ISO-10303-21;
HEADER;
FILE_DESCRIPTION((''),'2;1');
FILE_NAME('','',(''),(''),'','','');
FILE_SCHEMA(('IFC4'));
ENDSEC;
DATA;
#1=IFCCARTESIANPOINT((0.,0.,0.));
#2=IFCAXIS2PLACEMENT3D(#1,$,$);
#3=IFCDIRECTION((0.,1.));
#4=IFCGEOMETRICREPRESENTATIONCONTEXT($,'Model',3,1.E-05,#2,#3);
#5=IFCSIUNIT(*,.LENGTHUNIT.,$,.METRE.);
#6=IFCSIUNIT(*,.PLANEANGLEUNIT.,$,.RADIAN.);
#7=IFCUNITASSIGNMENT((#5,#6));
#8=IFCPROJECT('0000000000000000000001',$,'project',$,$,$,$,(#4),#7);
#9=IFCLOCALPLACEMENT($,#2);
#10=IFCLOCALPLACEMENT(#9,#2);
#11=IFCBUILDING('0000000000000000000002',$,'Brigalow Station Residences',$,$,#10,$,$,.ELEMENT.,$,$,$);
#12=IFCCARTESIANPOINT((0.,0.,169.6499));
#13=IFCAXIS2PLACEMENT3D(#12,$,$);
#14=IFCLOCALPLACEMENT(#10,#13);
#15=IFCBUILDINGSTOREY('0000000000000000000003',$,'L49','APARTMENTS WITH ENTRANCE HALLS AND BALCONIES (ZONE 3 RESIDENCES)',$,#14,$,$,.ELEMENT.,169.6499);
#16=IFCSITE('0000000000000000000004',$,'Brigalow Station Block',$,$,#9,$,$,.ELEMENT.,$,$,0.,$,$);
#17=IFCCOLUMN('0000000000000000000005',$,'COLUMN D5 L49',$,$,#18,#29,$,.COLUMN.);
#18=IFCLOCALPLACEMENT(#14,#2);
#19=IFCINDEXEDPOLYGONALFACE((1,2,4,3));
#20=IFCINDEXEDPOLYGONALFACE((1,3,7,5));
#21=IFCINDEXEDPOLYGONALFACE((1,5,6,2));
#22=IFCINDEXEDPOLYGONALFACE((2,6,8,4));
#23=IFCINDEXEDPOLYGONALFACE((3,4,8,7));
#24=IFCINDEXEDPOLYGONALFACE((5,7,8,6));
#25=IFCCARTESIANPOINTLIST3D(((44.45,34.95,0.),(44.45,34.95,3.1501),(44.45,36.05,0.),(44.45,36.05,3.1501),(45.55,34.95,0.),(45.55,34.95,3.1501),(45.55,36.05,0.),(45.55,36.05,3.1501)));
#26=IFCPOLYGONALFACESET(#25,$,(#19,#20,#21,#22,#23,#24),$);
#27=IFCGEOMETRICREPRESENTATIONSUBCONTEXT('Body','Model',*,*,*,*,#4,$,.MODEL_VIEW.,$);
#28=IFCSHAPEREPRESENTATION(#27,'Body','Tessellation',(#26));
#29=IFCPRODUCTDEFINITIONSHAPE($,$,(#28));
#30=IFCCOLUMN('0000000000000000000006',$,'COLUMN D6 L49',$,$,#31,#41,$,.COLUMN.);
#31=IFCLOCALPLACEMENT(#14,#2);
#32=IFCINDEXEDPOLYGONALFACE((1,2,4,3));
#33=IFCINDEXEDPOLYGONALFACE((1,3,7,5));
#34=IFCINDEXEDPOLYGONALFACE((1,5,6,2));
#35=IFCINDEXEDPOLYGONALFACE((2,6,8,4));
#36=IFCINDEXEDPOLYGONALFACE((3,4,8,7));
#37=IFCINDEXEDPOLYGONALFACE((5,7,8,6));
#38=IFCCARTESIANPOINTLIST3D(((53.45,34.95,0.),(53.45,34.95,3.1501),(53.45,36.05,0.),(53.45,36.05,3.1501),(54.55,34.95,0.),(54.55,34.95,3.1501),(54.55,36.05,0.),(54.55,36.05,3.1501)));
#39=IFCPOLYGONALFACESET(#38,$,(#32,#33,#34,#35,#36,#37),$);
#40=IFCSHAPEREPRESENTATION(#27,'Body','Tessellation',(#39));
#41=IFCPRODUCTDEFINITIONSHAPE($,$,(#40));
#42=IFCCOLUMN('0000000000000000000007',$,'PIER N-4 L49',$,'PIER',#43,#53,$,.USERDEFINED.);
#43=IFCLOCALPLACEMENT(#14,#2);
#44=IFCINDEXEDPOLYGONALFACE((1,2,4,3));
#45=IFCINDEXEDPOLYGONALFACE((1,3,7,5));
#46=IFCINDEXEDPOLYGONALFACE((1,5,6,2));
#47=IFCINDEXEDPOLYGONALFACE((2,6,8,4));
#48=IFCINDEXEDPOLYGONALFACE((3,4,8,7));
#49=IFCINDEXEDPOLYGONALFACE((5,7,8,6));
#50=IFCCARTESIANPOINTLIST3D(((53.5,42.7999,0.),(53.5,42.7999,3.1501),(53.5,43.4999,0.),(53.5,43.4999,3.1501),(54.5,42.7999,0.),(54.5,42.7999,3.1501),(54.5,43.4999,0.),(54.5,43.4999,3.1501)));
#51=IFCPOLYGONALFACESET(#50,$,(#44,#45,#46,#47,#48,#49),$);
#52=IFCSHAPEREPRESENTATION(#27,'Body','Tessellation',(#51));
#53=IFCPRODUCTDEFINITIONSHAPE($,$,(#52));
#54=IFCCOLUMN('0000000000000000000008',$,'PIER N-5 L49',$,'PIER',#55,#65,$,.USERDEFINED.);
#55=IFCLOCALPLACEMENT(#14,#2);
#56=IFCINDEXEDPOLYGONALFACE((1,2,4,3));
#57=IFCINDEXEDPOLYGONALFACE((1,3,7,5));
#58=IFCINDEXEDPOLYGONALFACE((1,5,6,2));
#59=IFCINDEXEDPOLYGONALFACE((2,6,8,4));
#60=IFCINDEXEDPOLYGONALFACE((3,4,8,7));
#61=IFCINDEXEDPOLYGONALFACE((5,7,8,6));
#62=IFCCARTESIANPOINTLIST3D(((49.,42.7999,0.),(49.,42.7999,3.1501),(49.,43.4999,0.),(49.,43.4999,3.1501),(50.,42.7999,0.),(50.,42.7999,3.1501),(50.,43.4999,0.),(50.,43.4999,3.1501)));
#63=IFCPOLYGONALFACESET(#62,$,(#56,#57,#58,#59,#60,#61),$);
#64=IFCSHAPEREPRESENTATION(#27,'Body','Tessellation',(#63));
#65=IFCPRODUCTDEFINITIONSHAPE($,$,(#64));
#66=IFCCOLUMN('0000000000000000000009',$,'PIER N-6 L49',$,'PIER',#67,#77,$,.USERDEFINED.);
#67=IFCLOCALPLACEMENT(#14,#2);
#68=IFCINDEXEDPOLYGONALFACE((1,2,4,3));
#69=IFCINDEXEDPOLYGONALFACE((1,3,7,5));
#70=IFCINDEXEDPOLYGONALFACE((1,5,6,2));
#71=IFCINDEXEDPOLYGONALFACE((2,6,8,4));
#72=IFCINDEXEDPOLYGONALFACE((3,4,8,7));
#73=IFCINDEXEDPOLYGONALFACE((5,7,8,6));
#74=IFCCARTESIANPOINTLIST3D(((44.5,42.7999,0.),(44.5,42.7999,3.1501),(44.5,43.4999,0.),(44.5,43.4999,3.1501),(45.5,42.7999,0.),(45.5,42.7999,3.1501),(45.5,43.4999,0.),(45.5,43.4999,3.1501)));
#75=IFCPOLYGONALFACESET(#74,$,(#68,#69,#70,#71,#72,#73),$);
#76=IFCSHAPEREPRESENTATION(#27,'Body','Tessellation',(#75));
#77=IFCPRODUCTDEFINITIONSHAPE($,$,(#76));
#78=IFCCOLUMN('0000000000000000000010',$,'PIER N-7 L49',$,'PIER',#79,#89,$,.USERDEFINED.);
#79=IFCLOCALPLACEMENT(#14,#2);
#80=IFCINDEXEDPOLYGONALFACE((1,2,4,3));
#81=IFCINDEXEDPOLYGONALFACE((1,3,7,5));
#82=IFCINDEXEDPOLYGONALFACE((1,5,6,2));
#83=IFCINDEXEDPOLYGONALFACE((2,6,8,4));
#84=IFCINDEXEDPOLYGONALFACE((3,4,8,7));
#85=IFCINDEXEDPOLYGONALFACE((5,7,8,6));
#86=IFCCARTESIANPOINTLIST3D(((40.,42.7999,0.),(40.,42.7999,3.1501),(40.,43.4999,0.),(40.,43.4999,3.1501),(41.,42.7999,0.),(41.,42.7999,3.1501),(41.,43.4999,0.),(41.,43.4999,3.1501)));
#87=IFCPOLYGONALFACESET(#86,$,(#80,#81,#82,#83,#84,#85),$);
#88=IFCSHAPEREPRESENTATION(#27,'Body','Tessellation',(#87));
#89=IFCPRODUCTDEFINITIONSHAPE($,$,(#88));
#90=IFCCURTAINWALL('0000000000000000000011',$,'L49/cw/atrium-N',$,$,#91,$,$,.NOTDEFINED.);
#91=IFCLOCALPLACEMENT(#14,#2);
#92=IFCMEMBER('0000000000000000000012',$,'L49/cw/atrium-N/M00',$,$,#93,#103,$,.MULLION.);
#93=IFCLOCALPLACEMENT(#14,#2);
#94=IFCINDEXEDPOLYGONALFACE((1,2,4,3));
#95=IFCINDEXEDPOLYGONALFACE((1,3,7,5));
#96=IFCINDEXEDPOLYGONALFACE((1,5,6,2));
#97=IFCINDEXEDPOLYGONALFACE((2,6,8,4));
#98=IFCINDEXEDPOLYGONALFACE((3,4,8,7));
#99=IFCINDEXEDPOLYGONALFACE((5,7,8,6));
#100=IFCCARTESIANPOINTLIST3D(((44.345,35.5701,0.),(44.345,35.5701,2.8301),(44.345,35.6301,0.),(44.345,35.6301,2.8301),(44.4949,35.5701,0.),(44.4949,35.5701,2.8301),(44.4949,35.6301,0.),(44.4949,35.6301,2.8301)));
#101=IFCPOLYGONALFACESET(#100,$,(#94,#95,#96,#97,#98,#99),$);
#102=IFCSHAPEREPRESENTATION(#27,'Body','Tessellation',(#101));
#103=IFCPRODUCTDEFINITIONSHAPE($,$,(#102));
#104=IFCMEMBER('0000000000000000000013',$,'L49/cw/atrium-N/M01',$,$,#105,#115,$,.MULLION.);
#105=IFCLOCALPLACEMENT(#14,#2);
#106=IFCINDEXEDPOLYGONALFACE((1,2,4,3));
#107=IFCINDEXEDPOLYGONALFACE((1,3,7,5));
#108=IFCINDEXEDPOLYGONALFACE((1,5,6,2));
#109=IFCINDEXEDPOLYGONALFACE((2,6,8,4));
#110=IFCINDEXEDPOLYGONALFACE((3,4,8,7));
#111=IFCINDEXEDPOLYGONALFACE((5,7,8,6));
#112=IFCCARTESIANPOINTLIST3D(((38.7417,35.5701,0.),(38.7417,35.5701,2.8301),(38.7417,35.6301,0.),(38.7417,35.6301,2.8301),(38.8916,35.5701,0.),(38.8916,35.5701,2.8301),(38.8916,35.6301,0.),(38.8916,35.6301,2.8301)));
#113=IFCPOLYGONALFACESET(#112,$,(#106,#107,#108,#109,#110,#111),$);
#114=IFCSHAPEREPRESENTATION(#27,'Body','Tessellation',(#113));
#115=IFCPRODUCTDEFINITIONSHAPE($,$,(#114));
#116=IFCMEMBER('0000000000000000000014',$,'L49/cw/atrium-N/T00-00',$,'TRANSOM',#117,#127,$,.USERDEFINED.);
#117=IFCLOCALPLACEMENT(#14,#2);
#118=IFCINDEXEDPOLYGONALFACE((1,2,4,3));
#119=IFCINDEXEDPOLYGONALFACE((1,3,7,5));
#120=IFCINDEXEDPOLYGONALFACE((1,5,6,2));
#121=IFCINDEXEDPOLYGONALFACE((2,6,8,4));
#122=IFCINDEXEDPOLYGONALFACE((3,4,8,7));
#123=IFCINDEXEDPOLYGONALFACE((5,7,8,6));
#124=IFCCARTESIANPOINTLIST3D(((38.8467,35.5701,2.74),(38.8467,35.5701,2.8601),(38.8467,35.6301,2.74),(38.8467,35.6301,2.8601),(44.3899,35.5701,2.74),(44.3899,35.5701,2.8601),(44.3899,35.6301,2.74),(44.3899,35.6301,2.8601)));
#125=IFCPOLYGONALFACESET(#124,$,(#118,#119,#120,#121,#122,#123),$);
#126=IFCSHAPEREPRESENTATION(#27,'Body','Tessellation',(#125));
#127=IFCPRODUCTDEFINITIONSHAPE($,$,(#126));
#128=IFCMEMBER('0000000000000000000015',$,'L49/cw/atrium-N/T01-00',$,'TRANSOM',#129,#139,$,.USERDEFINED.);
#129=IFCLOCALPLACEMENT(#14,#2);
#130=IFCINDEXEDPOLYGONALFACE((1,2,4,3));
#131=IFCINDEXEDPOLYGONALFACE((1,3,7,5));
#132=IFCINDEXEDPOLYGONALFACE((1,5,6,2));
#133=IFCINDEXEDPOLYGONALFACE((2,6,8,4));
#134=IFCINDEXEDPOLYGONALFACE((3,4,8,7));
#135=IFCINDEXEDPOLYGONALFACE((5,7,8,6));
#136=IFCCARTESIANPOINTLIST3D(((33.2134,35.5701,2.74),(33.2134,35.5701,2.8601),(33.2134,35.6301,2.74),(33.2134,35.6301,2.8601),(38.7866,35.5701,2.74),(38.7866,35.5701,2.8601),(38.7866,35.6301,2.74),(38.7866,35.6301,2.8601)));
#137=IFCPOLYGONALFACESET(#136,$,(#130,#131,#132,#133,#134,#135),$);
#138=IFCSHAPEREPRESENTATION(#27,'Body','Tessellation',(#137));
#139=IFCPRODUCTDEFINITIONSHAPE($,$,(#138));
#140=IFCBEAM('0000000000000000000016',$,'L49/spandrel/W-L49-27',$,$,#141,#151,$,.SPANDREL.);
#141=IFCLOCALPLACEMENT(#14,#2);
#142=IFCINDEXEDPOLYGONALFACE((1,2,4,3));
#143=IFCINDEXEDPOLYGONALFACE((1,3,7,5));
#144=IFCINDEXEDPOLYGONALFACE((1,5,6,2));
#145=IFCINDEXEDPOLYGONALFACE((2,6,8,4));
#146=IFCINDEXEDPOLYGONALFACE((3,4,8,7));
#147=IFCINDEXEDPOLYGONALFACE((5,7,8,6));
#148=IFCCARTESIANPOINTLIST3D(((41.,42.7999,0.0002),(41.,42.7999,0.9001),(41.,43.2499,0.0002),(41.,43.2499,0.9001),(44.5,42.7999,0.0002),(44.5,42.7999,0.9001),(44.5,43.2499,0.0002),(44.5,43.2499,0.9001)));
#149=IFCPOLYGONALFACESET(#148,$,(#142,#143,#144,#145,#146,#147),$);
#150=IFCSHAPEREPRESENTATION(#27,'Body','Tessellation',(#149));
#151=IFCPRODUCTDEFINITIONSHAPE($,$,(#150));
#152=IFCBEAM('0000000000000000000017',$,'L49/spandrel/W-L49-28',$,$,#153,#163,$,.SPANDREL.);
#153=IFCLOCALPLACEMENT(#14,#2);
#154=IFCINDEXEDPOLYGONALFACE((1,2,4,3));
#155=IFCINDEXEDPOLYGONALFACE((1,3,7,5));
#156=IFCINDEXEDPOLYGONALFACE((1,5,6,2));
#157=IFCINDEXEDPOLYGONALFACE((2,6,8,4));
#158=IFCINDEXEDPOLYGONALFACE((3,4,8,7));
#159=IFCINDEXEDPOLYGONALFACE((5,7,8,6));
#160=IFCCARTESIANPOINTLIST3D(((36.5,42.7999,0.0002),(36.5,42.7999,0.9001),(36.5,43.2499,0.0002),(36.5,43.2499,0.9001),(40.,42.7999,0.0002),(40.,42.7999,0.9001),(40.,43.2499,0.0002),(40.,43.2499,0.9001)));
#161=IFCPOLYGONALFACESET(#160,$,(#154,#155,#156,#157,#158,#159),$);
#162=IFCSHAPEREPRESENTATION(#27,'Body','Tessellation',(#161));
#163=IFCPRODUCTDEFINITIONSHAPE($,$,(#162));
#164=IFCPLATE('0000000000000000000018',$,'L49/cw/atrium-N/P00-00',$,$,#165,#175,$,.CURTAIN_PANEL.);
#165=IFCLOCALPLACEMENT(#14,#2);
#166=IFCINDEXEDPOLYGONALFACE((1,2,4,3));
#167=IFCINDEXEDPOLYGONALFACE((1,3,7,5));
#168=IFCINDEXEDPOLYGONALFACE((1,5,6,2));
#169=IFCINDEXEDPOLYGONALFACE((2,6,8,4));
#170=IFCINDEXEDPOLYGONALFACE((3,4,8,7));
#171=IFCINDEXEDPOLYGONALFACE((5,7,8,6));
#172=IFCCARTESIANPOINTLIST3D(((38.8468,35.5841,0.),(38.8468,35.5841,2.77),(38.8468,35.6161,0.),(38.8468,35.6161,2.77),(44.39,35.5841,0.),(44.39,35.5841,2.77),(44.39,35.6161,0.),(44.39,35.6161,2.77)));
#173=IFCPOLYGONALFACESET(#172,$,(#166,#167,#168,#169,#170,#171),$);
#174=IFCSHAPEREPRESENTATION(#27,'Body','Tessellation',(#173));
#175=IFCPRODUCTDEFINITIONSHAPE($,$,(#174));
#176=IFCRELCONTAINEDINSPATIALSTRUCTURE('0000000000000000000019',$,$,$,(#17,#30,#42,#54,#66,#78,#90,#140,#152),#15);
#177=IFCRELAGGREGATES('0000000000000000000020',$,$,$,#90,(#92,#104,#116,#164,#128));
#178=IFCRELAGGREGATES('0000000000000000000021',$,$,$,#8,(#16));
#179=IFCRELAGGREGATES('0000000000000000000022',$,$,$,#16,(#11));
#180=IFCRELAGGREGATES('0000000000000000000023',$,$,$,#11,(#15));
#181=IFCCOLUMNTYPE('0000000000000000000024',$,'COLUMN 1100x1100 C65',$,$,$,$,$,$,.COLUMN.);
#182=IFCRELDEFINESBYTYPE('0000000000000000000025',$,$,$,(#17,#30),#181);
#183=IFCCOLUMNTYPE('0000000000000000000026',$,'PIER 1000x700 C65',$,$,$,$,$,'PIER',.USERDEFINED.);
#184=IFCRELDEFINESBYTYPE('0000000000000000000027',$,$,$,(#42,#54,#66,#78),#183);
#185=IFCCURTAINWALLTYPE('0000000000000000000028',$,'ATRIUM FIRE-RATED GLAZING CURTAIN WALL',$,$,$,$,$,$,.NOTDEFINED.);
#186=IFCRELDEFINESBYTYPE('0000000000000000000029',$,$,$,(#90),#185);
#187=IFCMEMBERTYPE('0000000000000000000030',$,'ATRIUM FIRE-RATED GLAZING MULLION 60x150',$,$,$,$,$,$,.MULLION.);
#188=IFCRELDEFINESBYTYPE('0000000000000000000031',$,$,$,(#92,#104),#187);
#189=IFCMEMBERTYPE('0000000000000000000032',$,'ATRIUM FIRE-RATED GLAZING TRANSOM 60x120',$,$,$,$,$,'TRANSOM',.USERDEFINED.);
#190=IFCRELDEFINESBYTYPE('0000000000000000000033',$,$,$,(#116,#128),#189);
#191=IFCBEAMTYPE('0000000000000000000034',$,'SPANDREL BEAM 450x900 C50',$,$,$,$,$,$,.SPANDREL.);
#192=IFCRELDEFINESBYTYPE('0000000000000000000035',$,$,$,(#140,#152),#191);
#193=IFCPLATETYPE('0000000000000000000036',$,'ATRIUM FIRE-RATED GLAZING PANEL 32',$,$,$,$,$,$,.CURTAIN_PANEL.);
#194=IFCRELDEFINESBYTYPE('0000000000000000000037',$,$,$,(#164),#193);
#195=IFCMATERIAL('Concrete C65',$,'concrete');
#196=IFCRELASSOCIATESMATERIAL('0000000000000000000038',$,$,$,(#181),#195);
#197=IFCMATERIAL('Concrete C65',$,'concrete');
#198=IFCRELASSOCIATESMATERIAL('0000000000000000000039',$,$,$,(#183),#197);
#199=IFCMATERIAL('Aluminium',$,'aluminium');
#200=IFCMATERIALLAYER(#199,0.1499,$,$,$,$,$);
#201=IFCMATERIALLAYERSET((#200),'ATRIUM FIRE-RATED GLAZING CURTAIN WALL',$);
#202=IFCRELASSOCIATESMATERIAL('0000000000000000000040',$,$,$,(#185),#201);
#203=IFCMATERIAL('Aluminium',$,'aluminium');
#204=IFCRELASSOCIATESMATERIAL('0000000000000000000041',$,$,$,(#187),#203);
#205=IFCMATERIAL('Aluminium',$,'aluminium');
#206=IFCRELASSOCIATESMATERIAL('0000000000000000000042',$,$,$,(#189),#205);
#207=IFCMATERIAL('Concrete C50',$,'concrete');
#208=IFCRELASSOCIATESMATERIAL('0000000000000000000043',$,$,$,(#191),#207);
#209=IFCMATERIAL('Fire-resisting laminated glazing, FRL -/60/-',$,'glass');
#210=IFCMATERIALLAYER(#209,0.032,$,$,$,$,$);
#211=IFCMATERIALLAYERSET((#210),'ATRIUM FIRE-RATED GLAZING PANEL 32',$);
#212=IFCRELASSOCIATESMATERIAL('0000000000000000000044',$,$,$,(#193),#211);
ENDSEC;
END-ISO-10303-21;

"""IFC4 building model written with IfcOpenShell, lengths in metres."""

from ifc_helpers import new_model, si_unit, direction, frame, origin, origin_2d, place, context, subcontext, project, spatial, rectangle, extrude, material, layer, layer_set, material_profile, profile_set, type_object, element, aggregate, save


model = new_model("IFC4")

# Units and contexts
model_context = context("Model", 3, precision=1e-05, world=origin(), true_north=direction((0.0, 1.0)))
body_context = subcontext(model_context, "Body", "Model", "MODEL_VIEW")
ifc_project = project(units=[si_unit("LENGTHUNIT", "METRE"), si_unit("PLANEANGLEUNIT", "RADIAN")], contexts=[model_context])

# Site, building, storey
site_placement = place(None, origin())
site = spatial("IfcSite", under=ifc_project, at=site_placement, Name="Brigalow Station Block", CompositionType="ELEMENT", RefElevation=0.0)
building_placement = place(site_placement, origin())
building = spatial("IfcBuilding", under=site, at=building_placement, Name="Brigalow Station Residences", CompositionType="ELEMENT")
storey_placement = place(building_placement, frame((0.0, 0.0, 169.6499)))
storey = spatial("IfcBuildingStorey", under=building, at=storey_placement, Name="L49", Description="APARTMENTS WITH ENTRANCE HALLS AND BALCONIES (ZONE 3 RESIDENCES)", CompositionType="ELEMENT", Elevation=169.6499)

# Columns
ifc_material_1 = material(Name="Concrete C65", Category="concrete")
ifc_material_profile_1 = material_profile(ifc_material_1, rectangle(XDim=1.1001, YDim=1.1001, at=origin_2d()), Name="RC1100x1100")
ifc_profile_set_1 = profile_set([ifc_material_profile_1], Name="Concrete C65")
column_type_1 = type_object("IfcColumnType", Name="COLUMN 1100x1100 C65", PredefinedType="COLUMN", material=ifc_profile_set_1)
for number, where, z_axis, x_axis, name in (
    (1, (45.0, 35.5, 0.0), (0.0, 0.0, 1.0), (1.0, 0.0, 0.0), "COLUMN D5 L49"),
    (2, (54.0, 35.5, 0.0), (0.0, 0.0, 1.0), (1.0, 0.0, 0.0), "COLUMN D6 L49"),
):
    element("IfcColumn", number, at=place(storey_placement, frame(where, z_axis=z_axis, x_axis=x_axis)), inside=storey, type_object=column_type_1, Name=name, PredefinedType="COLUMN", context=body_context, shape_type="SweptSolid", body=[
        extrude(rectangle(XDim=1.1001, YDim=1.1001, at=origin_2d()), origin(), (0.0, 0.0, 1.0), 3.1501),
    ])
ifc_material_2 = material(Name="Concrete C65", Category="concrete")
ifc_material_profile_2 = material_profile(ifc_material_2, rectangle(XDim=1.0, YDim=0.7, at=origin_2d()), Name="RC1000x700")
ifc_profile_set_2 = profile_set([ifc_material_profile_2], Name="Concrete C65")
column_type_2 = type_object("IfcColumnType", Name="PIER 1000x700 C65", ElementType="PIER", PredefinedType="USERDEFINED", material=ifc_profile_set_2)
for number, where, z_axis, x_axis, name in (
    (3, (54.0, 43.1499, 0.0), (0.0, 0.0, 1.0), (-1.0, 0.0, 0.0), "PIER N-4 L49"),
    (4, (49.5, 43.1499, 0.0), (0.0, 0.0, 1.0), (-1.0, 0.0, 0.0), "PIER N-5 L49"),
    (5, (45.0, 43.1499, 0.0), (0.0, 0.0, 1.0), (-1.0, 0.0, 0.0), "PIER N-6 L49"),
    (6, (40.5, 43.1499, 0.0), (0.0, 0.0, 1.0), (-1.0, 0.0, 0.0), "PIER N-7 L49"),
):
    element("IfcColumn", number, at=place(storey_placement, frame(where, z_axis=z_axis, x_axis=x_axis)), inside=storey, type_object=column_type_2, Name=name, ObjectType="PIER", PredefinedType="USERDEFINED", context=body_context, shape_type="SweptSolid", body=[
        extrude(rectangle(XDim=1.0, YDim=0.7, at=origin_2d()), origin(), (0.0, 0.0, 1.0), 3.1501),
    ])

# Curtain wall, members
ifc_material_3 = material(Name="Aluminium", Category="aluminium")
ifc_layer_1 = layer(ifc_material_3, 0.1499)
ifc_layer_set_1 = layer_set([ifc_layer_1], Name="ATRIUM FIRE-RATED GLAZING CURTAIN WALL")
curtain_wall_type = type_object("IfcCurtainWallType", Name="ATRIUM FIRE-RATED GLAZING CURTAIN WALL", PredefinedType="NOTDEFINED", material=ifc_layer_set_1)
curtain_wall_placement = place(storey_placement, origin())
curtain_wall = element("IfcCurtainWall", 7, at=curtain_wall_placement, inside=storey, type_object=curtain_wall_type, Name="L49/cw/atrium-N", PredefinedType="NOTDEFINED")
ifc_material_4 = material(Name="Aluminium", Category="aluminium")
ifc_material_profile_3 = material_profile(ifc_material_4, rectangle(XDim=0.0601, YDim=0.1499, at=origin_2d()), Name="ATRIUM FIRE-RATED GLAZING MULLION 60x150")
ifc_profile_set_3 = profile_set([ifc_material_profile_3], Name="Aluminium")
member_type_1 = type_object("IfcMemberType", Name="ATRIUM FIRE-RATED GLAZING MULLION 60x150", PredefinedType="MULLION", material=ifc_profile_set_3)
member_1_placement = place(storey_placement, frame((44.4199, 35.6001, 0.0), z_axis=(0.0, 0.0, 1.0), x_axis=(0.0, -1.0, 0.0)))
member_1 = element("IfcMember", 8, at=member_1_placement, type_object=member_type_1, Name="L49/cw/atrium-N/M00", PredefinedType="MULLION", context=body_context, shape_type="SweptSolid", body=[
    extrude(rectangle(XDim=0.0601, YDim=0.1499, at=origin_2d()), origin(), (0.0, 0.0, 1.0), 2.8301),
])
member_2_placement = place(storey_placement, frame((38.8167, 35.6001, 0.0), z_axis=(0.0, 0.0, 1.0), x_axis=(0.0, -1.0, 0.0)))
member_2 = element("IfcMember", 9, at=member_2_placement, type_object=member_type_1, Name="L49/cw/atrium-N/M01", PredefinedType="MULLION", context=body_context, shape_type="SweptSolid", body=[
    extrude(rectangle(XDim=0.0601, YDim=0.1499, at=origin_2d()), origin(), (0.0, 0.0, 1.0), 2.8301),
])
ifc_material_5 = material(Name="Aluminium", Category="aluminium")
ifc_material_profile_4 = material_profile(ifc_material_5, rectangle(XDim=0.0601, YDim=0.1201, at=origin_2d()), Name="ATRIUM FIRE-RATED GLAZING TRANSOM 60x120")
ifc_profile_set_4 = profile_set([ifc_material_profile_4], Name="Aluminium")
member_type_2 = type_object("IfcMemberType", Name="ATRIUM FIRE-RATED GLAZING TRANSOM 60x120", ElementType="TRANSOM", PredefinedType="USERDEFINED", material=ifc_profile_set_4)
member_3_placement = place(storey_placement, frame((44.3899, 35.6001, 2.8), z_axis=(-1.0, 0.0, 0.0), x_axis=(0.0, -1.0, 0.0)))
member_3 = element("IfcMember", 10, at=member_3_placement, type_object=member_type_2, Name="L49/cw/atrium-N/T00-00", ObjectType="TRANSOM", PredefinedType="USERDEFINED", context=body_context, shape_type="SweptSolid", body=[
    extrude(rectangle(XDim=0.0601, YDim=0.1201, at=origin_2d()), origin(), (0.0, 0.0, 1.0), 5.5432),
])
member_4_placement = place(storey_placement, frame((38.7866, 35.6001, 2.8), z_axis=(-1.0, 0.0, 0.0), x_axis=(0.0, -1.0, 0.0)))
member_4 = element("IfcMember", 11, at=member_4_placement, type_object=member_type_2, Name="L49/cw/atrium-N/T01-00", ObjectType="TRANSOM", PredefinedType="USERDEFINED", context=body_context, shape_type="SweptSolid", body=[
    extrude(rectangle(XDim=0.0601, YDim=0.1201, at=origin_2d()), origin(), (0.0, 0.0, 1.0), 5.5732),
])

# Beams
ifc_material_6 = material(Name="Concrete C50", Category="concrete")
ifc_material_profile_5 = material_profile(ifc_material_6, rectangle(XDim=0.45, YDim=0.8999, at=origin_2d()), Name="RC450x900")
ifc_profile_set_5 = profile_set([ifc_material_profile_5], Name="Concrete C50")
beam_type = type_object("IfcBeamType", Name="SPANDREL BEAM 450x900 C50", PredefinedType="SPANDREL", material=ifc_profile_set_5)
for number, where, z_axis, x_axis, name in (
    (12, (44.5, 43.0249, 0.4502), (-1.0, 0.0, 0.0), (0.0, -1.0, 0.0), "L49/spandrel/W-L49-27"),
    (13, (40.0, 43.0249, 0.4502), (-1.0, 0.0, 0.0), (0.0, -1.0, 0.0), "L49/spandrel/W-L49-28"),
):
    element("IfcBeam", number, at=place(storey_placement, frame(where, z_axis=z_axis, x_axis=x_axis)), inside=storey, type_object=beam_type, Name=name, PredefinedType="SPANDREL", context=body_context, shape_type="SweptSolid", body=[
        extrude(rectangle(XDim=0.45, YDim=0.8999, at=origin_2d()), origin(), (0.0, 0.0, 1.0), 3.5),
    ])

# Plate
ifc_material_7 = material(Name="Fire-resisting laminated glazing, FRL -/60/-", Category="glass")
ifc_layer_2 = layer(ifc_material_7, 0.032)
ifc_layer_set_2 = layer_set([ifc_layer_2], Name="ATRIUM FIRE-RATED GLAZING PANEL 32")
plate_type = type_object("IfcPlateType", Name="ATRIUM FIRE-RATED GLAZING PANEL 32", PredefinedType="CURTAIN_PANEL", material=ifc_layer_set_2)
plate_placement = place(storey_placement, frame((41.6184, 35.6001, 0.0), z_axis=(0.0, 0.0, 1.0), x_axis=(-1.0, 0.0, 0.0)))
plate = element("IfcPlate", 14, at=plate_placement, type_object=plate_type, Name="L49/cw/atrium-N/P00-00", PredefinedType="CURTAIN_PANEL", context=body_context, shape_type="SweptSolid", body=[
    extrude(rectangle(XDim=5.5432, YDim=0.032, at=origin_2d()), origin(), (0.0, 0.0, 1.0), 2.77),
])
aggregate(curtain_wall, [member_1, member_2, member_3, plate, member_4])

save(model, "model.ifc")
